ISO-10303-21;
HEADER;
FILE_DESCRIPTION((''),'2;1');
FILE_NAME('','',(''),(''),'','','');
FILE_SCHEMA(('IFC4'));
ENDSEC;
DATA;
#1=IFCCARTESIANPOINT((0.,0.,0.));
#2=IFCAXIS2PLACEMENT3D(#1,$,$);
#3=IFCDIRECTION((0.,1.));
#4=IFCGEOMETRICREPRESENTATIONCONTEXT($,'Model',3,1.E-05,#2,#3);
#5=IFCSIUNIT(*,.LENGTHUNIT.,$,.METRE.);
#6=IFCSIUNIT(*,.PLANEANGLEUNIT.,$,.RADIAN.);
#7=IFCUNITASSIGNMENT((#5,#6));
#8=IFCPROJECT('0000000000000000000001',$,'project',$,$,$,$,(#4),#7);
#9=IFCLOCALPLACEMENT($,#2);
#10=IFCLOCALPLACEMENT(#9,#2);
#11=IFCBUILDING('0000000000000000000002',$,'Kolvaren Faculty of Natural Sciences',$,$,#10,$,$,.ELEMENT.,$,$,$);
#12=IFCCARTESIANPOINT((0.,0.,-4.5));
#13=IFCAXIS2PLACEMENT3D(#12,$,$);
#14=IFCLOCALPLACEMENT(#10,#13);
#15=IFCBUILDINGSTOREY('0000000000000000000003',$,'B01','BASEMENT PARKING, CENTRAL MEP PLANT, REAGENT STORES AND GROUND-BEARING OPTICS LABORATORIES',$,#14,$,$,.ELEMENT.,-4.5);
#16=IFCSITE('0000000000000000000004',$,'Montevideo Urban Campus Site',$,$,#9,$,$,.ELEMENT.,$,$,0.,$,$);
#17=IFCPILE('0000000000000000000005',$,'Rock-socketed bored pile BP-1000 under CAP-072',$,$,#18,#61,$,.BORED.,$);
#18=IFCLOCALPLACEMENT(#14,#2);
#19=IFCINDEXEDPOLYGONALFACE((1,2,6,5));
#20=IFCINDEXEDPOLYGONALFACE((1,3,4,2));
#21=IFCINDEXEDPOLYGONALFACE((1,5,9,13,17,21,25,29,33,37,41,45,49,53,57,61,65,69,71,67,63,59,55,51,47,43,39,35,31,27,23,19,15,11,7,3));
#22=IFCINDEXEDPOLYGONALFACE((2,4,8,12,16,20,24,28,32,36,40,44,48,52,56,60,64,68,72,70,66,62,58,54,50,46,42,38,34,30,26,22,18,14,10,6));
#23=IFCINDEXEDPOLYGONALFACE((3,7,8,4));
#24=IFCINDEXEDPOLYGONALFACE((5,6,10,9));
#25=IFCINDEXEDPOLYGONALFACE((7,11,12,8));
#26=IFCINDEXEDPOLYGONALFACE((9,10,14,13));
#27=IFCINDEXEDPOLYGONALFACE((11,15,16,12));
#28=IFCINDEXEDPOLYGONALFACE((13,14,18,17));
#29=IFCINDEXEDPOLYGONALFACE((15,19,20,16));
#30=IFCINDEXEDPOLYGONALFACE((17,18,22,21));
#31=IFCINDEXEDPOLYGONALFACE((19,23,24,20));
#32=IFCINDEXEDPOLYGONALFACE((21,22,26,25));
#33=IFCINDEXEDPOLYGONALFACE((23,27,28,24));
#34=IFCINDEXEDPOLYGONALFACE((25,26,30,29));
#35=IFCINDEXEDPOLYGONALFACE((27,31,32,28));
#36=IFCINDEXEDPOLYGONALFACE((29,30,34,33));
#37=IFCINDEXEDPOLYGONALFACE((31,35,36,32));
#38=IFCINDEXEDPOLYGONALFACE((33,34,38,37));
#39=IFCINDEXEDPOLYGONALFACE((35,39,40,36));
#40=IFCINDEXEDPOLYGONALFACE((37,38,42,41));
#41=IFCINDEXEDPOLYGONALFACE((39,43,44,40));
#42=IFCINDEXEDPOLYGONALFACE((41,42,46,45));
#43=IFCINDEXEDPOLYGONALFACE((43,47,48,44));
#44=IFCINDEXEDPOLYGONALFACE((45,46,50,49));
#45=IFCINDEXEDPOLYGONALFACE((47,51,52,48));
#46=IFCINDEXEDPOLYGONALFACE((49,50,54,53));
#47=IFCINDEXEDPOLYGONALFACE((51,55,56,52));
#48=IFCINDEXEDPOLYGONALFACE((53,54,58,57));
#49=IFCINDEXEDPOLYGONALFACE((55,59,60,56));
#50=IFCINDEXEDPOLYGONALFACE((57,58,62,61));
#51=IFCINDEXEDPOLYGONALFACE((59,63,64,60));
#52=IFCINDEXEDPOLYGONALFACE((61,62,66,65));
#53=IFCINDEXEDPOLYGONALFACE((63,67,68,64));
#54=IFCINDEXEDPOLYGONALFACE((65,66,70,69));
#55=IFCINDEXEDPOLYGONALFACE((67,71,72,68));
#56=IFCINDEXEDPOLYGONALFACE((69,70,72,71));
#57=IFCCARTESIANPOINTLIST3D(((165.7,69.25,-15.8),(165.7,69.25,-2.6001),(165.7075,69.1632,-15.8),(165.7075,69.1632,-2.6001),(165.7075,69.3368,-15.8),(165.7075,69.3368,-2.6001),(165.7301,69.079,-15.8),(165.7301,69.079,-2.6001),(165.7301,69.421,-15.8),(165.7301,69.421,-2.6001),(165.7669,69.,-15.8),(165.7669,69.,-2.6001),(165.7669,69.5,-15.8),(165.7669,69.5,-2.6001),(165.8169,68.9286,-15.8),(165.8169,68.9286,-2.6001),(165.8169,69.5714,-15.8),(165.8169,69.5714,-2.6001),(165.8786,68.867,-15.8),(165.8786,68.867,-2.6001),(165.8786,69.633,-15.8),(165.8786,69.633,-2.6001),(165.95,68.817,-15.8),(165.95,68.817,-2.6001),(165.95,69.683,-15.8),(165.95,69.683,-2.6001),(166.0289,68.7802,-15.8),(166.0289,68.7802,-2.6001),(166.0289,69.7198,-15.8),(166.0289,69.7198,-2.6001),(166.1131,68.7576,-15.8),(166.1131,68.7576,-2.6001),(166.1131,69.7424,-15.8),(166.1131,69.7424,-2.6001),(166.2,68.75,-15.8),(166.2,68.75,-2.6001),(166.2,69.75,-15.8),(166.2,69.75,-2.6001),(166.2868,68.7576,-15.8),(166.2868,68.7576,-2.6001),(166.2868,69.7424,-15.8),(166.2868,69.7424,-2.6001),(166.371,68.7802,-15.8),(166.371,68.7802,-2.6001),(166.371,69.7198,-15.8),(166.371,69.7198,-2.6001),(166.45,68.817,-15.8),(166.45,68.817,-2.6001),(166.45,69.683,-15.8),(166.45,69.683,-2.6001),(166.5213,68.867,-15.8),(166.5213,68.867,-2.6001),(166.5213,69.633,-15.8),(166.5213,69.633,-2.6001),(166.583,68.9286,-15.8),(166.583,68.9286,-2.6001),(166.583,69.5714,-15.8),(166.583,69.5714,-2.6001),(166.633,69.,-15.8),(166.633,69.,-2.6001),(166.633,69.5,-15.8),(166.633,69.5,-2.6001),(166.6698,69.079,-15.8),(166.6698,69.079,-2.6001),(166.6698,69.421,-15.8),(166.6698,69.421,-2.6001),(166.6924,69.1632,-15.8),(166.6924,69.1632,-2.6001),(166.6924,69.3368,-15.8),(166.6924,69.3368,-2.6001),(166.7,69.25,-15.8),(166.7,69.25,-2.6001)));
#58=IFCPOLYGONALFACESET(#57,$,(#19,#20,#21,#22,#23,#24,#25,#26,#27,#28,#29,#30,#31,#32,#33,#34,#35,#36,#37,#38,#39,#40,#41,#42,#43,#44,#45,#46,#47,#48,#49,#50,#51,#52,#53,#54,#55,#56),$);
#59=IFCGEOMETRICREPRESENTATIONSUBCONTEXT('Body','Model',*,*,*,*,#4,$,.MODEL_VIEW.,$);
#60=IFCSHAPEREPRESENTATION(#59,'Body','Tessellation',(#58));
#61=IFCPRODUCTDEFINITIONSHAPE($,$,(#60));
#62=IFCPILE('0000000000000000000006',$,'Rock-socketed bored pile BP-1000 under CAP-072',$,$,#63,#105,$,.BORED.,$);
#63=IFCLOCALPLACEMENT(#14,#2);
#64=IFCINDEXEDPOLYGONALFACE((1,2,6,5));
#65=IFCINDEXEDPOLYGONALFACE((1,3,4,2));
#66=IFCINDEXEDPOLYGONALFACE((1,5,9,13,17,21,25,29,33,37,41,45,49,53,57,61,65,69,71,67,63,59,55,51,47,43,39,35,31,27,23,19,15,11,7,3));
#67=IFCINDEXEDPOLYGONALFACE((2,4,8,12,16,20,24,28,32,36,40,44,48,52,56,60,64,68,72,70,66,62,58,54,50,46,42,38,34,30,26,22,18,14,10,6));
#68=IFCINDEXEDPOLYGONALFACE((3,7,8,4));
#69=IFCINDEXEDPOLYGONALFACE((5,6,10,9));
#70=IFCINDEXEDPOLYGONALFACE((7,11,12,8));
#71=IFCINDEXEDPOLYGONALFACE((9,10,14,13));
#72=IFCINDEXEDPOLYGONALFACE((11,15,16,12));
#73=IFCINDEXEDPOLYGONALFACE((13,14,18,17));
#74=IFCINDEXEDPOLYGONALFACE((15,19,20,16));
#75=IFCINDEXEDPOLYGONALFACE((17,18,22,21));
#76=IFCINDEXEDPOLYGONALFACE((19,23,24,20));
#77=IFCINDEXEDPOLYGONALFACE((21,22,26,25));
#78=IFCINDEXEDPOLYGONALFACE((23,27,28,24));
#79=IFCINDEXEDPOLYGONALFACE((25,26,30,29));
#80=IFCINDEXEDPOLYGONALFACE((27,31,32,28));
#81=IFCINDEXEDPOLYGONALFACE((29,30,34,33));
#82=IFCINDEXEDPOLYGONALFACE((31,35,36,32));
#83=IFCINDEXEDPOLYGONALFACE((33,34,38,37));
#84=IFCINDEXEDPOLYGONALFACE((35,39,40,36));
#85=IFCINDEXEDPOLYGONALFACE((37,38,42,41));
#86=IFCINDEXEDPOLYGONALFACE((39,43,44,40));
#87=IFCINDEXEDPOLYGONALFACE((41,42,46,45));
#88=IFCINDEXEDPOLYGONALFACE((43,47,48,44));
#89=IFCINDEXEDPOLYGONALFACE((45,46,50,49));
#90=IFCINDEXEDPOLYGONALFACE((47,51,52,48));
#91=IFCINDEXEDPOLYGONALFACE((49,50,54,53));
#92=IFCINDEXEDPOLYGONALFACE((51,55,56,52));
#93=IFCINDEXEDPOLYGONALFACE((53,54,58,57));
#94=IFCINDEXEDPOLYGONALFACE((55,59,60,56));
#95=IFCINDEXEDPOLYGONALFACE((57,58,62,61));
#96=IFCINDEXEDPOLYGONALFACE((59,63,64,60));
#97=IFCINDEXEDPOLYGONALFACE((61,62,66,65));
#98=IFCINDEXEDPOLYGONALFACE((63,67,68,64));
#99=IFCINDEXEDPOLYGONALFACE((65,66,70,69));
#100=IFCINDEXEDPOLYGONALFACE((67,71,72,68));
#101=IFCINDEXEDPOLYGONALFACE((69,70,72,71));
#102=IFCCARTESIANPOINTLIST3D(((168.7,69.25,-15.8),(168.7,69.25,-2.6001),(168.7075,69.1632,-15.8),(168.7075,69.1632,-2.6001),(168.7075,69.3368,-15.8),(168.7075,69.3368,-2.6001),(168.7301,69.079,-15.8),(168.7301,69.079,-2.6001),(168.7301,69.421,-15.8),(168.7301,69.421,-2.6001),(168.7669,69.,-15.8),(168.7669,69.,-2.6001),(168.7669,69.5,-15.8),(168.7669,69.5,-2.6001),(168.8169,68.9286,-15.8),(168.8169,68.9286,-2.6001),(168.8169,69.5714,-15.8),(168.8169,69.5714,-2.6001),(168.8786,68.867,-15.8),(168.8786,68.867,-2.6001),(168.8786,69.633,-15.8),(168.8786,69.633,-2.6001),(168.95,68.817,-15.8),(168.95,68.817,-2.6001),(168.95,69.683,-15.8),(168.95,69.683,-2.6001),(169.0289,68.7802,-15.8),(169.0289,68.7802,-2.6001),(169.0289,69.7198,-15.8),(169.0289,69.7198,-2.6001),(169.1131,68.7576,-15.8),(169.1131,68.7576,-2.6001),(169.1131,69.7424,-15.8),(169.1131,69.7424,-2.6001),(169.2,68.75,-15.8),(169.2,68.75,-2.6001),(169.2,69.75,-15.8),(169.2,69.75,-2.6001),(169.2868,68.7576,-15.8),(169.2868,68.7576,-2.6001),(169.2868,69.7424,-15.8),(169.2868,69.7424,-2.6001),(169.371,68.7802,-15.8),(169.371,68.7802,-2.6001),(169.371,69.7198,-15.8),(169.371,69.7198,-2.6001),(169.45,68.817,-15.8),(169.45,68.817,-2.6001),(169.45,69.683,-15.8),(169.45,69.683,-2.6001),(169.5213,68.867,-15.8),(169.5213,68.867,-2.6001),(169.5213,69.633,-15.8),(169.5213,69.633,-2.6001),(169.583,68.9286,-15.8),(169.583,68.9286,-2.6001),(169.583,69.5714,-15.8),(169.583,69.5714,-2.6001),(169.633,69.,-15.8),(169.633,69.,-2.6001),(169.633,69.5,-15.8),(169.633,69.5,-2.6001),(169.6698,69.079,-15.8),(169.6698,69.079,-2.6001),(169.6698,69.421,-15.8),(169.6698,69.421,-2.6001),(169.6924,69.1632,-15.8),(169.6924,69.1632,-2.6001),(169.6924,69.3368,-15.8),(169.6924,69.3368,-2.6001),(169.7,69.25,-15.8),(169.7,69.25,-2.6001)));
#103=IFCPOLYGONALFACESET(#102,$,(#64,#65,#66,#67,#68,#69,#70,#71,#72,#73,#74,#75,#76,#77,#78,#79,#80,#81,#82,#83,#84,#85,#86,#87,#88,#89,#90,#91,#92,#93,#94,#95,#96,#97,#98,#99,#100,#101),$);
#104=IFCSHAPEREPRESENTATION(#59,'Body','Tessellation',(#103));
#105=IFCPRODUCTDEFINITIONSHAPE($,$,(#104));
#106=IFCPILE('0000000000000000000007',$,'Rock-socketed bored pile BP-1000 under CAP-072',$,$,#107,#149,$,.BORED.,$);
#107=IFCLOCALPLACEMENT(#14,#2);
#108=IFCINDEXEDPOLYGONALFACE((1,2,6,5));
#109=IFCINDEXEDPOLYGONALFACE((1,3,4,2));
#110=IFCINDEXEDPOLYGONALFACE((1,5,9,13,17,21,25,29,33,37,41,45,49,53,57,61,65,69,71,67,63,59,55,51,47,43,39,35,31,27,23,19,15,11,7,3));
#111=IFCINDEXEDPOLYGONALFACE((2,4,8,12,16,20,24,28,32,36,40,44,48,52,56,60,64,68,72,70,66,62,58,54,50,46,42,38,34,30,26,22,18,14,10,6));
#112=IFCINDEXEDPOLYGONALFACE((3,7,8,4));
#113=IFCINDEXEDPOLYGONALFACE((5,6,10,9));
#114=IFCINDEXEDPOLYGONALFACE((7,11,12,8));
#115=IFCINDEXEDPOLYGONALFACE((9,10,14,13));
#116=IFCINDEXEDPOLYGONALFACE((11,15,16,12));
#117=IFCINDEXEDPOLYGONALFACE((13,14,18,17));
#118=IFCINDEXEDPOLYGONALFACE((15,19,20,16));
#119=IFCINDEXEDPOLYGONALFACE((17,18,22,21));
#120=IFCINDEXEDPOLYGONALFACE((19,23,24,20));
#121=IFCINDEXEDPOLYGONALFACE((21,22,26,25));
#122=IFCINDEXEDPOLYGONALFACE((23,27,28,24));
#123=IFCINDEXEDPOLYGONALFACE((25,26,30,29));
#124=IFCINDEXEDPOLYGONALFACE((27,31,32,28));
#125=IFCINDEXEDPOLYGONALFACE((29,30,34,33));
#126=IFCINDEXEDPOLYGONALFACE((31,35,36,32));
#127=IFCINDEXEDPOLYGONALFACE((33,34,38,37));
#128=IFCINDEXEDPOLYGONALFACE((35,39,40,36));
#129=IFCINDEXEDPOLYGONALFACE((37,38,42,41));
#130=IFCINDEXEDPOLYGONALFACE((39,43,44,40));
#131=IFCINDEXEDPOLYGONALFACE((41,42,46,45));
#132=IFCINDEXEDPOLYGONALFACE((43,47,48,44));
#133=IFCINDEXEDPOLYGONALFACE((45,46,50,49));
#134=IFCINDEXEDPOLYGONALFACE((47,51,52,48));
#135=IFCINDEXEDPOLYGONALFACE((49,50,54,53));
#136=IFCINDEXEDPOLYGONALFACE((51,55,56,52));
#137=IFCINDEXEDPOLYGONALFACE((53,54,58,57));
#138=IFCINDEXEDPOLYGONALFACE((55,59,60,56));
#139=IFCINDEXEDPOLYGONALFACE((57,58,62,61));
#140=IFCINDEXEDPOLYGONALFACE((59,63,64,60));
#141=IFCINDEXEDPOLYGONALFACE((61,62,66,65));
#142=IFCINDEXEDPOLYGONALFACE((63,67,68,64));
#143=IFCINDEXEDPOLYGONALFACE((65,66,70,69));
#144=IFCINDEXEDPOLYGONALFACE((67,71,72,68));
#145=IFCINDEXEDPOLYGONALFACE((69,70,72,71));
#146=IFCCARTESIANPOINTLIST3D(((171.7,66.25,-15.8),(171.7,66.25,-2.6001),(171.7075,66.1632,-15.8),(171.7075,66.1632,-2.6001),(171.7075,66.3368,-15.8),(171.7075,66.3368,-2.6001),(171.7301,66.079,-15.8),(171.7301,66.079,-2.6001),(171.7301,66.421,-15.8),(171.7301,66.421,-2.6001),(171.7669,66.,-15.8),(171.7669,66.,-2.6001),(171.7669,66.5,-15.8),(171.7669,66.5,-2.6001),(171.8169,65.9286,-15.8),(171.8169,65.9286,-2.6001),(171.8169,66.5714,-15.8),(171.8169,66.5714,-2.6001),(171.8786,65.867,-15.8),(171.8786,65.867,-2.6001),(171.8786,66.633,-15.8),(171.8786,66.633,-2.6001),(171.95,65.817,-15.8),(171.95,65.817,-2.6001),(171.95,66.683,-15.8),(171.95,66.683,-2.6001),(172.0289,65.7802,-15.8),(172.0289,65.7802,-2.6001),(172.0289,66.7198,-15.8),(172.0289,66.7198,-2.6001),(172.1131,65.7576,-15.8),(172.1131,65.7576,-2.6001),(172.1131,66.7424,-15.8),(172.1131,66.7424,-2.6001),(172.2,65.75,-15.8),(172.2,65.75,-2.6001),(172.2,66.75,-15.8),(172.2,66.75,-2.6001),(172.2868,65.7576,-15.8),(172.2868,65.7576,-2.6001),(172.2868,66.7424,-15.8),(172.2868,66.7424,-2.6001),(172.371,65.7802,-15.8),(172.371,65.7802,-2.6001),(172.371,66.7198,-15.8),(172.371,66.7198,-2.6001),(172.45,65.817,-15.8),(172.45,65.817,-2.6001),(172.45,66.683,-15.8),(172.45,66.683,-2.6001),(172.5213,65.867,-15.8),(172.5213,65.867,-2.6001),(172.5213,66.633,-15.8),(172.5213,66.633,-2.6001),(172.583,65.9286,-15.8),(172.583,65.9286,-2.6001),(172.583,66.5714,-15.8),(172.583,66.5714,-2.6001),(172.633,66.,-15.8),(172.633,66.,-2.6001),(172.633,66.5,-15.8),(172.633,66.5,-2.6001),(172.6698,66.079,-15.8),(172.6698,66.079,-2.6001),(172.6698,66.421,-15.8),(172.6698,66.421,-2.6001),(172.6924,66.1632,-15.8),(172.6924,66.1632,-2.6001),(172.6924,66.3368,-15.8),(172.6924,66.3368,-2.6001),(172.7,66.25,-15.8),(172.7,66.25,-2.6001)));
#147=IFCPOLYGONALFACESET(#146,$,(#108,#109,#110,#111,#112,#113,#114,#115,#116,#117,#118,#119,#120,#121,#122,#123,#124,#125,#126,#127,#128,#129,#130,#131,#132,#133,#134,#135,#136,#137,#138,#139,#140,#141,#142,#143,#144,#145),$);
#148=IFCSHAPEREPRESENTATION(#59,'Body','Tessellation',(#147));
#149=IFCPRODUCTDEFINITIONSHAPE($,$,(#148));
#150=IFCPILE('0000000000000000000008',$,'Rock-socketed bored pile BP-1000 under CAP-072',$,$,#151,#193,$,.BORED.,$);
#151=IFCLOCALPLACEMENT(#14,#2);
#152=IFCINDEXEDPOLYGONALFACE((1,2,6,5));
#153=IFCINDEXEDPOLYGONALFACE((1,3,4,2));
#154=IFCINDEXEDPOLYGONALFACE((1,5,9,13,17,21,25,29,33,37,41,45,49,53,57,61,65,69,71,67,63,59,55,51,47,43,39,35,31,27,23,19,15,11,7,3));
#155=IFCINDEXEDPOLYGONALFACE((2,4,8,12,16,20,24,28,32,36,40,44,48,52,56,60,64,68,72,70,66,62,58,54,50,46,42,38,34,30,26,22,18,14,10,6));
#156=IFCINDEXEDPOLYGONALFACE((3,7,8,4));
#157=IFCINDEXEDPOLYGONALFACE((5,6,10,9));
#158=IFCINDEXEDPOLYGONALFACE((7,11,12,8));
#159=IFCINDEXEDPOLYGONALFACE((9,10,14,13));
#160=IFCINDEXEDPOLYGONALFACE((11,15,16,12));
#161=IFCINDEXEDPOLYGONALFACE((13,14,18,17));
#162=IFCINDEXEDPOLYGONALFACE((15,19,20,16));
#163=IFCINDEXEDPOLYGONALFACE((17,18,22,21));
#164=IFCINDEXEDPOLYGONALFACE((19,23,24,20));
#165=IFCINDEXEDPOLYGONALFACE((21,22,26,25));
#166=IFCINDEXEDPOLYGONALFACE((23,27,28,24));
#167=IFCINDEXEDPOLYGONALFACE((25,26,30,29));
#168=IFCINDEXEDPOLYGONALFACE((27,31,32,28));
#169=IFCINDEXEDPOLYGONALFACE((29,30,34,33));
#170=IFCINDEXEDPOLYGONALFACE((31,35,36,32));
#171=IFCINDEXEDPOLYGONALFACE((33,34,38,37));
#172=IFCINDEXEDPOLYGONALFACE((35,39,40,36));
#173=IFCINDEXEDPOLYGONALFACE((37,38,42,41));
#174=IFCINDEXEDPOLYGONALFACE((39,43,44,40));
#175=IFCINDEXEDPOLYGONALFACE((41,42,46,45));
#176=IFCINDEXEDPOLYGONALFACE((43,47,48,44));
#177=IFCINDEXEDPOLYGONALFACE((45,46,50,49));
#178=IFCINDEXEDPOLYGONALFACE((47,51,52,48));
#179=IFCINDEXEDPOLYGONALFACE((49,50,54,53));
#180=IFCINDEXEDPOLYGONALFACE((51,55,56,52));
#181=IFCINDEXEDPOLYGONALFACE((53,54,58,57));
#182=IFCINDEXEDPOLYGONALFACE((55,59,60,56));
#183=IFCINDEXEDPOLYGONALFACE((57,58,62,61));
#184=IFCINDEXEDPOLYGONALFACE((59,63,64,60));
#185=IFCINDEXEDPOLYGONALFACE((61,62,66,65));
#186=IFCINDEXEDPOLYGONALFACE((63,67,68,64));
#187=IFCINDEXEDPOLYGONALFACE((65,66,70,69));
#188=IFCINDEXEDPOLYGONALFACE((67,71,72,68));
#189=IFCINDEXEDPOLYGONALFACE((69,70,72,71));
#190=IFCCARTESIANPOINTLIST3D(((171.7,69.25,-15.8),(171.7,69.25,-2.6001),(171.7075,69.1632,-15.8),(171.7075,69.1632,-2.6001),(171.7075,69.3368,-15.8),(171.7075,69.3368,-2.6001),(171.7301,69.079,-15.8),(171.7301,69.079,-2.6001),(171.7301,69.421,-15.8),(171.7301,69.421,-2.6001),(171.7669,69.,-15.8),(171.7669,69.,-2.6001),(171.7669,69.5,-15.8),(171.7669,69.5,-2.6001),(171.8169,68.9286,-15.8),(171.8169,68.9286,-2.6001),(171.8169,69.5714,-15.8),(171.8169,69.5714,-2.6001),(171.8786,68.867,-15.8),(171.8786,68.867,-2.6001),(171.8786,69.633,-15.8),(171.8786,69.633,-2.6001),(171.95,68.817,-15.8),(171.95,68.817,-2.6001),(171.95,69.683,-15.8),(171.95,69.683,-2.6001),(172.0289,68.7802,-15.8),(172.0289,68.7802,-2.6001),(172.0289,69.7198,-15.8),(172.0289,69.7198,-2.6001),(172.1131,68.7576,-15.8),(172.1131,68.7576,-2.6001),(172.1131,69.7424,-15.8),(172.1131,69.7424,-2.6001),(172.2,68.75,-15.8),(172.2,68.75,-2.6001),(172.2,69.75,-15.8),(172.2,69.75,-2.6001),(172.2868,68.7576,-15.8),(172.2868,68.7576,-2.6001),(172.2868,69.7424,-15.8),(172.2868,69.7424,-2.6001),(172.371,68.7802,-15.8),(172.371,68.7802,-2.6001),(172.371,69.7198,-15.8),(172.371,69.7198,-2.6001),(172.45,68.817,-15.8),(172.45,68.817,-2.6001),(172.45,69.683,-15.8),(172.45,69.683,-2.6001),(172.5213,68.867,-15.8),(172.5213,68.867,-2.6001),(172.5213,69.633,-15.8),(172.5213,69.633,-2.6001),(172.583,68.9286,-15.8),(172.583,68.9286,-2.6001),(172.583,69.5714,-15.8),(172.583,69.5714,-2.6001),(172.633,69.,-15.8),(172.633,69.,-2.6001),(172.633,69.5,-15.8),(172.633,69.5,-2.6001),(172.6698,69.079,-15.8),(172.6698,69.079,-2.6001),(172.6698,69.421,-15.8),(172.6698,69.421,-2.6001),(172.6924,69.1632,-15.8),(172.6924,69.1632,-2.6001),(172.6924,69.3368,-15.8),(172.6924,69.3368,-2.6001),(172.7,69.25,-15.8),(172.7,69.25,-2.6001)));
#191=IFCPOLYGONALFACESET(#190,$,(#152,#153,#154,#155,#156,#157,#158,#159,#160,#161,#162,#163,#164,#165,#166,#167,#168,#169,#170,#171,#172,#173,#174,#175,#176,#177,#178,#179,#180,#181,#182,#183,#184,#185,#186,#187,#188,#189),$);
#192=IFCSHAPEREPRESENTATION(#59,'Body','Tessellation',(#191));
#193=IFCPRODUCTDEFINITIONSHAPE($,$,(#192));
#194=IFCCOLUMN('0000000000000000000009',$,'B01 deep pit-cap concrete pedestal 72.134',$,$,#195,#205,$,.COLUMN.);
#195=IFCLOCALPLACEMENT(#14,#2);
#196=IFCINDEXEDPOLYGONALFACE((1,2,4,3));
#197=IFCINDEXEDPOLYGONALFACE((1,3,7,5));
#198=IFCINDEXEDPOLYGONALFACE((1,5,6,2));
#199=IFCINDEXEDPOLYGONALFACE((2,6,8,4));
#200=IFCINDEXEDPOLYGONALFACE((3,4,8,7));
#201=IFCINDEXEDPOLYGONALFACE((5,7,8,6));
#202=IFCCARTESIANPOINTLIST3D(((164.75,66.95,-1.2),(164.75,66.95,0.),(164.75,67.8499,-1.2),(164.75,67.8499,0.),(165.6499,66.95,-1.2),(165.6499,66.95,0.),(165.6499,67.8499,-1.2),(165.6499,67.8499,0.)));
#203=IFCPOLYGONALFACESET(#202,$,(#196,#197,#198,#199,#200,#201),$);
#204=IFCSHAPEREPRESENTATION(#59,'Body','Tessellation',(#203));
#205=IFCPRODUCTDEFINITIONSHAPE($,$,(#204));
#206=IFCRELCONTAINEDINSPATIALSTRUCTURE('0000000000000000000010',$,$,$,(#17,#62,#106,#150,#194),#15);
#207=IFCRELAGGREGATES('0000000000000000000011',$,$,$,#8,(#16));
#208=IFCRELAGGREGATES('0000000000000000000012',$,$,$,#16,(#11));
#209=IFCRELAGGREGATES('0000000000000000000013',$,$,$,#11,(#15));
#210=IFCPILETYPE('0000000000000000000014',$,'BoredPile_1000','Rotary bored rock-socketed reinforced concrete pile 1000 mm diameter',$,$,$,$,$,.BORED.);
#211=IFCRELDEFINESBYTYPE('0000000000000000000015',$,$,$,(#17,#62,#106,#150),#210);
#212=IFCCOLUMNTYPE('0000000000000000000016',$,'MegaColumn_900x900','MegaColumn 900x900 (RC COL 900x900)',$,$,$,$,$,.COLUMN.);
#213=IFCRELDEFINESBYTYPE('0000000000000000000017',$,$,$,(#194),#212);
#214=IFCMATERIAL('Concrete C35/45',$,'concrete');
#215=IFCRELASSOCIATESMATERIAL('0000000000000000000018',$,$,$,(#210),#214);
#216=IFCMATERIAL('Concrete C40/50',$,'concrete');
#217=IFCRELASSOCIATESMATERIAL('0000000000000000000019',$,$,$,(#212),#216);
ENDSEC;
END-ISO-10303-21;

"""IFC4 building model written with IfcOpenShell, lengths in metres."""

from ifc_helpers import new_model, si_unit, direction, frame, origin, origin_2d, place, context, subcontext, project, spatial, rectangle, circle, extrude, material, material_profile, profile_set, type_object, element, save


model = new_model("IFC4")

# Units and contexts
model_context = context("Model", 3, precision=1e-05, world=origin(), true_north=direction((0.0, 1.0)))
body_context = subcontext(model_context, "Body", "Model", "MODEL_VIEW")
ifc_project = project(units=[si_unit("LENGTHUNIT", "METRE"), si_unit("PLANEANGLEUNIT", "RADIAN")], contexts=[model_context])

# Site, building, storey
site_placement = place(None, origin())
site = spatial("IfcSite", under=ifc_project, at=site_placement, Name="Montevideo Urban Campus Site", CompositionType="ELEMENT", RefElevation=0.0)
building_placement = place(site_placement, origin())
building = spatial("IfcBuilding", under=site, at=building_placement, Name="Kolvaren Faculty of Natural Sciences", CompositionType="ELEMENT")
storey_placement = place(building_placement, frame((0.0, 0.0, -4.5)))
storey = spatial("IfcBuildingStorey", under=building, at=storey_placement, Name="B01", Description="BASEMENT PARKING, CENTRAL MEP PLANT, REAGENT STORES AND GROUND-BEARING OPTICS LABORATORIES", CompositionType="ELEMENT", Elevation=-4.5)

# Piles
ifc_material_1 = material(Name="Concrete C35/45", Category="concrete")
ifc_material_profile_1 = material_profile(ifc_material_1, circle(Radius=0.5, at=origin_2d()), Name="PILE D1000")
ifc_profile_set_1 = profile_set([ifc_material_profile_1], Name="Concrete C35/45")
pile_type = type_object("IfcPileType", Name="BoredPile_1000", Description="Rotary bored rock-socketed reinforced concrete pile 1000 mm diameter", PredefinedType="BORED", material=ifc_profile_set_1)
for number, where, z_axis, x_axis, name in (
    (1, (166.2, 69.25, -2.6001), (0.0, 0.0, -1.0), (1.0, 0.0, 0.0), "Rock-socketed bored pile BP-1000 under CAP-072"),
    (2, (169.2, 69.25, -2.6001), (0.0, 0.0, -1.0), (1.0, 0.0, 0.0), "Rock-socketed bored pile BP-1000 under CAP-072"),
    (3, (172.2, 66.25, -2.6001), (0.0, 0.0, -1.0), (1.0, 0.0, 0.0), "Rock-socketed bored pile BP-1000 under CAP-072"),
    (4, (172.2, 69.25, -2.6001), (0.0, 0.0, -1.0), (1.0, 0.0, 0.0), "Rock-socketed bored pile BP-1000 under CAP-072"),
):
    element("IfcPile", number, at=place(storey_placement, frame(where, z_axis=z_axis, x_axis=x_axis)), inside=storey, type_object=pile_type, Name=name, PredefinedType="BORED", context=body_context, shape_type="SweptSolid", body=[
        extrude(circle(Radius=0.5, at=origin_2d()), origin(), (0.0, 0.0, 1.0), 13.2),
    ])

# Column
ifc_material_2 = material(Name="Concrete C40/50", Category="concrete")
ifc_material_profile_2 = material_profile(ifc_material_2, rectangle(XDim=0.8999, YDim=0.8999, at=origin_2d()), Name="RC COL 900x900")
ifc_profile_set_2 = profile_set([ifc_material_profile_2], Name="Concrete C40/50")
column_type_1 = type_object("IfcColumnType", Name="MegaColumn_900x900", Description="MegaColumn 900x900 (RC COL 900x900)", PredefinedType="COLUMN", material=ifc_profile_set_2)
for number, where, z_axis, x_axis, name in (
    (5, (165.2, 67.3999, -1.2), (0.0, 0.0, 1.0), (1.0, 0.0, 0.0), "B01 deep pit-cap concrete pedestal 72.134"),
):
    element("IfcColumn", number, at=place(storey_placement, frame(where, z_axis=z_axis, x_axis=x_axis)), inside=storey, type_object=column_type_1, Name=name, PredefinedType="COLUMN", context=body_context, shape_type="SweptSolid", body=[
        extrude(rectangle(XDim=0.8999, YDim=0.8999, at=origin_2d()), origin(), (0.0, 0.0, 1.0), 1.2),
    ])

save(model, "model.ifc")
